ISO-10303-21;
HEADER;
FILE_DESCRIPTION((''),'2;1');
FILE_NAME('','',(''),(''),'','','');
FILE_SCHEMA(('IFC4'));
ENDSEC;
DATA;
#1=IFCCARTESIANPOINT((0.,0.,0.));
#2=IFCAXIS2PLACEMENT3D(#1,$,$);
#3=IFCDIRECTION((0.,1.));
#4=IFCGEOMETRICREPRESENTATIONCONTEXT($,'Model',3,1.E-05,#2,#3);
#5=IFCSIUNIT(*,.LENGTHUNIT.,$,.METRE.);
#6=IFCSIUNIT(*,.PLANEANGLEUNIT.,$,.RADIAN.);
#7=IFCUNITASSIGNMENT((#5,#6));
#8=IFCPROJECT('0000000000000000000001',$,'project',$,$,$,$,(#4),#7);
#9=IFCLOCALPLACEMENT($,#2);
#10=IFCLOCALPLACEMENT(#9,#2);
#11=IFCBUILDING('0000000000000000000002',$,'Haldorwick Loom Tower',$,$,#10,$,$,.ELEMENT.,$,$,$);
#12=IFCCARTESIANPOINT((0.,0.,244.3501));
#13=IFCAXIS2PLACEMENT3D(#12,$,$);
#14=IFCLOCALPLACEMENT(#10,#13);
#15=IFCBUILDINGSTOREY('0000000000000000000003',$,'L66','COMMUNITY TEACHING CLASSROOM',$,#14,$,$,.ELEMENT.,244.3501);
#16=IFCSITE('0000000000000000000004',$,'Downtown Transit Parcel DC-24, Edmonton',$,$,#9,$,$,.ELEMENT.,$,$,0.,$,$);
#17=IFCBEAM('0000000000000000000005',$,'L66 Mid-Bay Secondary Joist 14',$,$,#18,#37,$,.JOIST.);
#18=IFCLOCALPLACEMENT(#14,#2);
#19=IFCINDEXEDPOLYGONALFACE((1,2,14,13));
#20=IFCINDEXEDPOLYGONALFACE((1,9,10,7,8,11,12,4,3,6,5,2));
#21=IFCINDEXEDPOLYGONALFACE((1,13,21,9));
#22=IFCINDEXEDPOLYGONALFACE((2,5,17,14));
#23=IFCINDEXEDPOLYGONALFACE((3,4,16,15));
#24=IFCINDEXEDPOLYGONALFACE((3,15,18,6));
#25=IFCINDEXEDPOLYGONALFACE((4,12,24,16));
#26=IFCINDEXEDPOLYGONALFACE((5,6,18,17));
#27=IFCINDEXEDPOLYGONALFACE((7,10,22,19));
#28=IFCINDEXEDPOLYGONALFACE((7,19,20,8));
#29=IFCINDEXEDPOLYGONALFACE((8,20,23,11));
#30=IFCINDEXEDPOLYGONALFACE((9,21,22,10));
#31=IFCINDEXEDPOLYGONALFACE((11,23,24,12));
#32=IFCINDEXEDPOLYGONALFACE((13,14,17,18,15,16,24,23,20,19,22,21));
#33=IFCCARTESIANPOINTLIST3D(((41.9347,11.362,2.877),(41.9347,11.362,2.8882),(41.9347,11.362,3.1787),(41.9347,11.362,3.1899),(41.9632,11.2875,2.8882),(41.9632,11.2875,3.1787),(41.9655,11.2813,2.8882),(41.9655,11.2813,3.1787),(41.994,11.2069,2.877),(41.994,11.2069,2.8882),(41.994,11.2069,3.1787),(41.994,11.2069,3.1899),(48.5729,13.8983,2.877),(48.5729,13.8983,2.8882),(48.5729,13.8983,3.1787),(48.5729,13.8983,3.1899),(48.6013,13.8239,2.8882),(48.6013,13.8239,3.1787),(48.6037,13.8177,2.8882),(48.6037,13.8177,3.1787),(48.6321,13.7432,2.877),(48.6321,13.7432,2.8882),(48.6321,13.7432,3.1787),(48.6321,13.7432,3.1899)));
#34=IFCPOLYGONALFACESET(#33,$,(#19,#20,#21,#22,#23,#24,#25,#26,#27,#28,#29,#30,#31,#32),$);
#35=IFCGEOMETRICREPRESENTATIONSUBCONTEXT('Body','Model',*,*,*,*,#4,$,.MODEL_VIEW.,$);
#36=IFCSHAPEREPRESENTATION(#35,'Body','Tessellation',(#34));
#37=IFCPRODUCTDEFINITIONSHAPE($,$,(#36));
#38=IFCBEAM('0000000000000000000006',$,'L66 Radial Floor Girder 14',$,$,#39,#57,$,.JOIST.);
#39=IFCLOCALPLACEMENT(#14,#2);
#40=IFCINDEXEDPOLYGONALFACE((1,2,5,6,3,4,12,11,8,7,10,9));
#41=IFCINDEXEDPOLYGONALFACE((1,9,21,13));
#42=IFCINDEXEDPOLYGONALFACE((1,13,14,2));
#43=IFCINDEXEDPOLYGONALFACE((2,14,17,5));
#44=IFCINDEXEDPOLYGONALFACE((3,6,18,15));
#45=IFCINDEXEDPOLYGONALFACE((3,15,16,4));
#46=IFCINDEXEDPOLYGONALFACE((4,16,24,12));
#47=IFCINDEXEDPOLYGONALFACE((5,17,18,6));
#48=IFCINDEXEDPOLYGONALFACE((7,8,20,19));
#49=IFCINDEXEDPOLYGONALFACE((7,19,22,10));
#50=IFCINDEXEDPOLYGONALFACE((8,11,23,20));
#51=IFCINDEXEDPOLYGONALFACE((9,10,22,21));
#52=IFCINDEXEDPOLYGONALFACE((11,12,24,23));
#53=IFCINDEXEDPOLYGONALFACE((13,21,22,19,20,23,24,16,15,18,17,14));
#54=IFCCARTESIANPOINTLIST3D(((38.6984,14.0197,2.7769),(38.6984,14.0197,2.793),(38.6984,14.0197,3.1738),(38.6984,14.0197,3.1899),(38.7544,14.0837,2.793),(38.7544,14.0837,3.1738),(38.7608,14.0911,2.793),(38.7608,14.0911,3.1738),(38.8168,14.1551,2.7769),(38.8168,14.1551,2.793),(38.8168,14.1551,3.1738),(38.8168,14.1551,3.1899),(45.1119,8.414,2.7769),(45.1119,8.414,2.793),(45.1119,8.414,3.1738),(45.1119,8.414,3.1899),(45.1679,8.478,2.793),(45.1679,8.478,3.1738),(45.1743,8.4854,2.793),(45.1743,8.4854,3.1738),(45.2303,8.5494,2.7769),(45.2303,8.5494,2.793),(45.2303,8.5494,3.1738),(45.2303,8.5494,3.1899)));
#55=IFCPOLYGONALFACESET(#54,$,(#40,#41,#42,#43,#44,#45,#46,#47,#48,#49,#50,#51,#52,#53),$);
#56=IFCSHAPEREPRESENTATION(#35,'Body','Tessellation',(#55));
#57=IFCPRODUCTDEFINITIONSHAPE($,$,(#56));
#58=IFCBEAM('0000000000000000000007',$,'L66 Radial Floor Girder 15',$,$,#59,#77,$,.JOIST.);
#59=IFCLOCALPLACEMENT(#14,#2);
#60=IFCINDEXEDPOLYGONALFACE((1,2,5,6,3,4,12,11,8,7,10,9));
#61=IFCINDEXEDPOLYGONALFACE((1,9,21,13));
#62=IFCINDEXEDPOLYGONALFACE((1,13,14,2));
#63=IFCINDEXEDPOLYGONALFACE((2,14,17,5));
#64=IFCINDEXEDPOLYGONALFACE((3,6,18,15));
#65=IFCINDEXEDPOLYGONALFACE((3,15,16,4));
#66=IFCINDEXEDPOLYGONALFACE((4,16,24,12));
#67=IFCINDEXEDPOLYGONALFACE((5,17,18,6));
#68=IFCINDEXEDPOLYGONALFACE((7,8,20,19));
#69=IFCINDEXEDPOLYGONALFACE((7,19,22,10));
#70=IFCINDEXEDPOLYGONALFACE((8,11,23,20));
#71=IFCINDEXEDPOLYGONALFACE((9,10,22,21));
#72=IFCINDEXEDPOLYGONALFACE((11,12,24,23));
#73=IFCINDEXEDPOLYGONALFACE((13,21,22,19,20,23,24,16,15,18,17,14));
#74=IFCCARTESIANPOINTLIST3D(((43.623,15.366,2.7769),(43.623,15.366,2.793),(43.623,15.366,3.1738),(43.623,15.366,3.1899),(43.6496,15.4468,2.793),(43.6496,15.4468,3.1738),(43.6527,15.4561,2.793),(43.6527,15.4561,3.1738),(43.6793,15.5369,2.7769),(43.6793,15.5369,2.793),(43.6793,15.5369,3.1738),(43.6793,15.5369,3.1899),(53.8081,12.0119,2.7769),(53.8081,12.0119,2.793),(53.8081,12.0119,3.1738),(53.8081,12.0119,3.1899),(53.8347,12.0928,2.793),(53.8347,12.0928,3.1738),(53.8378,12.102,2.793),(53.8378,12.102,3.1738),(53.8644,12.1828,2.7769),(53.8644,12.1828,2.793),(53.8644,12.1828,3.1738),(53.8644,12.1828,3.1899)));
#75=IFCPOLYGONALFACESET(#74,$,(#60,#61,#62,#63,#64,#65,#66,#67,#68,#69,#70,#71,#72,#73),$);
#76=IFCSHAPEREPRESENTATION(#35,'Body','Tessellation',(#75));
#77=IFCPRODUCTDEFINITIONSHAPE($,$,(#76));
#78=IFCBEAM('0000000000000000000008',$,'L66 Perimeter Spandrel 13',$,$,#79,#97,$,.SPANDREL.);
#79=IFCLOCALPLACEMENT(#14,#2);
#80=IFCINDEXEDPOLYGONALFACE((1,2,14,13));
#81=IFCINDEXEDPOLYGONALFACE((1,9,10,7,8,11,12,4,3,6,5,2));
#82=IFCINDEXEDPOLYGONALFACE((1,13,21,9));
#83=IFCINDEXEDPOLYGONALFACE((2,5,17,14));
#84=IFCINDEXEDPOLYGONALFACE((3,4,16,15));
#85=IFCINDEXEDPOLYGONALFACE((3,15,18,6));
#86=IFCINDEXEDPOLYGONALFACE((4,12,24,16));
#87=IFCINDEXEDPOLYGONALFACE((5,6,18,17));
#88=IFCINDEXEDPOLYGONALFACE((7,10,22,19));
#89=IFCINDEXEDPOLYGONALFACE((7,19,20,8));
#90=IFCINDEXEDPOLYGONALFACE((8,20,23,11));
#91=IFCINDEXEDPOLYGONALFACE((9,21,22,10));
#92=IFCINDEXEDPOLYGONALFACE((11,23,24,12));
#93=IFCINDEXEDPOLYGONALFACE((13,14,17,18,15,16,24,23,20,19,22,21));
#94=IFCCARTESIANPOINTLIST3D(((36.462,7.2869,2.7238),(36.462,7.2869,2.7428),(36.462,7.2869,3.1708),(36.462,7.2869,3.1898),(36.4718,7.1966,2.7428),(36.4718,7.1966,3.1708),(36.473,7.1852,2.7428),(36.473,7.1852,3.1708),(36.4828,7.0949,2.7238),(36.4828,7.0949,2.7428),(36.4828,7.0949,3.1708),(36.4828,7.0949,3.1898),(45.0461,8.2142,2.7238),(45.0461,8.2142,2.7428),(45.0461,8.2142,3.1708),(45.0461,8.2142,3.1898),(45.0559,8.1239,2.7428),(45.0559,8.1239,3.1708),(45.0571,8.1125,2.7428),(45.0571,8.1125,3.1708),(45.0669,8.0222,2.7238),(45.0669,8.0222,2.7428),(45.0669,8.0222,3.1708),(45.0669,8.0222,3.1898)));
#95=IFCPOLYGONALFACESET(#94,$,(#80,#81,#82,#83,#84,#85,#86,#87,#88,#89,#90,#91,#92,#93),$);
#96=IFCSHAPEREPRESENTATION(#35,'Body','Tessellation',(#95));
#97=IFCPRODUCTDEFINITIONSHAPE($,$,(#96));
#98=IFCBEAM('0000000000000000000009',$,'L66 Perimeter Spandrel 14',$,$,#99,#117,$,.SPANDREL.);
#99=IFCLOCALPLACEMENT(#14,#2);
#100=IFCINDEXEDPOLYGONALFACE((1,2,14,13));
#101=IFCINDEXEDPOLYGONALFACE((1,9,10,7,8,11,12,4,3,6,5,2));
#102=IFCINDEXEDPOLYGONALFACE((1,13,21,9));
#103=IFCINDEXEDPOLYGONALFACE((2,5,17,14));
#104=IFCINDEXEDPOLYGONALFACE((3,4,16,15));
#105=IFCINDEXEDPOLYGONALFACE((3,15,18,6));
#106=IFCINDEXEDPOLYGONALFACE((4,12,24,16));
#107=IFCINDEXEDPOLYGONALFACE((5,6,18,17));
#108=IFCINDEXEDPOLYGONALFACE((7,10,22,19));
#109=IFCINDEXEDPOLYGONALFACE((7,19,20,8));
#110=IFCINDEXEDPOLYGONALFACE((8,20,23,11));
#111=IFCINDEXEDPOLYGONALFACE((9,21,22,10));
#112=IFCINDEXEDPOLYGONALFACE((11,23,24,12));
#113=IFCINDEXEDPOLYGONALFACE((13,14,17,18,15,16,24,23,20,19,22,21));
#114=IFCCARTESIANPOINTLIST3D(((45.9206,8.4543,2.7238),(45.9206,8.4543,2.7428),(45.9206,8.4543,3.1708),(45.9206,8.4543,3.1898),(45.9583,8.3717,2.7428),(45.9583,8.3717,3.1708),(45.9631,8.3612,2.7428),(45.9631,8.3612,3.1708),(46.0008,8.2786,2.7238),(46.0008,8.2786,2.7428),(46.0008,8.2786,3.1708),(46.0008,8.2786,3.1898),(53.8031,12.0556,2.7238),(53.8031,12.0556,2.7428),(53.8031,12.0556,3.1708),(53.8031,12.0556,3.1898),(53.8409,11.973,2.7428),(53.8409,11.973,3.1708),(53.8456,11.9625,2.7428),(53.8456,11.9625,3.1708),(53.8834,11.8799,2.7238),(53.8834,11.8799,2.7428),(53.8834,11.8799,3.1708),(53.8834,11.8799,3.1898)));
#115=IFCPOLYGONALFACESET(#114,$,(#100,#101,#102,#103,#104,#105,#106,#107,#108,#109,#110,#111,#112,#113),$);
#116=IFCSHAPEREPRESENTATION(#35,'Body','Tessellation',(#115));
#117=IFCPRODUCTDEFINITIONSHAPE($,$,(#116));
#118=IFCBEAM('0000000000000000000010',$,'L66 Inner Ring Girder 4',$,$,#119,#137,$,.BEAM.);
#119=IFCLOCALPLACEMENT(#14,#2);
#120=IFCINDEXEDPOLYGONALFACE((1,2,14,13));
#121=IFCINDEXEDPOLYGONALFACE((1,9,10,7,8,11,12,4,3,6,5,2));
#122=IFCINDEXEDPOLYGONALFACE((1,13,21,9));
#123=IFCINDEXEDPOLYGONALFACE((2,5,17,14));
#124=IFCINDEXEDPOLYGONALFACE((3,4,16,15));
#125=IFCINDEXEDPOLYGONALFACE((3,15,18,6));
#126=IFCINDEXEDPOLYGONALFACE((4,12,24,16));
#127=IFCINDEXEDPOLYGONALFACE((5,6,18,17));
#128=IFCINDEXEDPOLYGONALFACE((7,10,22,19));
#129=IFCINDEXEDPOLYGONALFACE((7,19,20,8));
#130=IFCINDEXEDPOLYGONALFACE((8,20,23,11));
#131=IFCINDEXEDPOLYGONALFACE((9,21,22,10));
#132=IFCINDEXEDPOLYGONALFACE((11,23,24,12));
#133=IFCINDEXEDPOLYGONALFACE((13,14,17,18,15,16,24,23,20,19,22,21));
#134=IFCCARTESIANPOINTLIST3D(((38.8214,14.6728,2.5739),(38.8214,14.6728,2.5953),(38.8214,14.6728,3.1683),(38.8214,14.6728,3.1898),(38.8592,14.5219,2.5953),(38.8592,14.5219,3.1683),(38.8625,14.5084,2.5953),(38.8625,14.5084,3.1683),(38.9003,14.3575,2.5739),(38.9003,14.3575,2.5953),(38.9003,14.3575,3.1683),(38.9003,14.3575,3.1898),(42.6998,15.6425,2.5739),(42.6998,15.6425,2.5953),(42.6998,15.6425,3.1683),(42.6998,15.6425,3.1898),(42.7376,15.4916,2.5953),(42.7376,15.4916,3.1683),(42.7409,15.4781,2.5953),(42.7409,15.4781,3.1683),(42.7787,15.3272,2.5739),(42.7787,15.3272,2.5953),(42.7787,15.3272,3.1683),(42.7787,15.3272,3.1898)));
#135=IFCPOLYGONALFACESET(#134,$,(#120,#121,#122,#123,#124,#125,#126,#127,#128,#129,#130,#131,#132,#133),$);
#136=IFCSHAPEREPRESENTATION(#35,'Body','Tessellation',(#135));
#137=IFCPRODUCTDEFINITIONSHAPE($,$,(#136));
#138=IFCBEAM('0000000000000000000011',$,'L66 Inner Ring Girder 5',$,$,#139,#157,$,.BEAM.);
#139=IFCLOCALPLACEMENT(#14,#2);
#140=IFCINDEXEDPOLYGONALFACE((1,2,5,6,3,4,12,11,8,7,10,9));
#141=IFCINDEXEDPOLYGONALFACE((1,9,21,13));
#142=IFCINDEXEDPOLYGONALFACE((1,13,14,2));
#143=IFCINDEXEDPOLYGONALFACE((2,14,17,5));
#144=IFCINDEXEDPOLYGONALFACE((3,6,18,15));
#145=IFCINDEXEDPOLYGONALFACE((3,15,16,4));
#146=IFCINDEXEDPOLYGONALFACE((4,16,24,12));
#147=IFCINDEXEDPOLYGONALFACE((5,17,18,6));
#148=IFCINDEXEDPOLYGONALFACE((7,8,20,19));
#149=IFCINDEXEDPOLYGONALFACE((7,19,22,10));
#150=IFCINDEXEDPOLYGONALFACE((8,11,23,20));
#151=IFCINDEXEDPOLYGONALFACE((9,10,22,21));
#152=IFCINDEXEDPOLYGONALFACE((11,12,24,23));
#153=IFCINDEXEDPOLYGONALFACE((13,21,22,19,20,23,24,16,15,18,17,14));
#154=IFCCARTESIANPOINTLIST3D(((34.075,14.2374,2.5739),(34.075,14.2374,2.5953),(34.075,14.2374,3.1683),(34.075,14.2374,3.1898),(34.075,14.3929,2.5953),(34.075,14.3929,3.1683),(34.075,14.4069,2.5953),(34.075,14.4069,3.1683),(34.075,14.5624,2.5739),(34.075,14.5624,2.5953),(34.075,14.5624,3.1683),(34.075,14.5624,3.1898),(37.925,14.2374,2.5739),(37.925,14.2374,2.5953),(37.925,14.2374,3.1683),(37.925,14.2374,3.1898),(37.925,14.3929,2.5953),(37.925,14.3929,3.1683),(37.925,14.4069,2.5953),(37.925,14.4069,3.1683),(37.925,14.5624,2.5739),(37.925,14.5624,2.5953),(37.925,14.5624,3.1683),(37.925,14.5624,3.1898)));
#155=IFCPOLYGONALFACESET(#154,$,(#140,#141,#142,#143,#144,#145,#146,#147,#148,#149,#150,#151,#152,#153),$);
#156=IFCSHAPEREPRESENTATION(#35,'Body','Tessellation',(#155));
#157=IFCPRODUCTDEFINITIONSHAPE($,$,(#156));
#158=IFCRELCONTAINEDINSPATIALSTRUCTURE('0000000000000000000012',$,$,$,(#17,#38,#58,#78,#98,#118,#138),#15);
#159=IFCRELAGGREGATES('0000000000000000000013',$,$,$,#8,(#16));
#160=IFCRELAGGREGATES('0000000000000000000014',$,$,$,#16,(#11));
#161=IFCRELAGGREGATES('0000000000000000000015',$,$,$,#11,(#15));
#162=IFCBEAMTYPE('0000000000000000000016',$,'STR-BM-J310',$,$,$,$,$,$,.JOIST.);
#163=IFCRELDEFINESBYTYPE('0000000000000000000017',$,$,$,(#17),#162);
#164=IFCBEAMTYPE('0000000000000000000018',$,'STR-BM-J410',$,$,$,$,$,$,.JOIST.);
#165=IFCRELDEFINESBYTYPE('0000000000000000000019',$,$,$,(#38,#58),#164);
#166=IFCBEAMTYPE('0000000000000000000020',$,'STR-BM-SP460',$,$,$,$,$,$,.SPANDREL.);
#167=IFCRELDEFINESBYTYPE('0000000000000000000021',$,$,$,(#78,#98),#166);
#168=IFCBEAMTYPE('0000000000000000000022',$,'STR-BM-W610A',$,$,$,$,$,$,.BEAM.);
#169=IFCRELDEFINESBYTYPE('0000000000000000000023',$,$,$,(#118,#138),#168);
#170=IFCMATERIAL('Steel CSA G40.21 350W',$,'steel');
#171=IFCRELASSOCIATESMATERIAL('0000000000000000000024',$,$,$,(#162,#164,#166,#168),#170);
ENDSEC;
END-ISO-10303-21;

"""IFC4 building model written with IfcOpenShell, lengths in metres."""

from ifc_helpers import new_model, si_unit, direction, frame, origin, origin_2d, place, context, subcontext, project, spatial, i_section, extrude, material, material_profile, profile_set, type_object, element, save


model = new_model("IFC4")

# Units and contexts
model_context = context("Model", 3, precision=1e-05, world=origin(), true_north=direction((0.0, 1.0)))
body_context = subcontext(model_context, "Body", "Model", "MODEL_VIEW")
ifc_project = project(units=[si_unit("LENGTHUNIT", "METRE"), si_unit("PLANEANGLEUNIT", "RADIAN")], contexts=[model_context])

# Site, building, storey
site_placement = place(None, origin())
site = spatial("IfcSite", under=ifc_project, at=site_placement, Name="Downtown Transit Parcel DC-24, Edmonton", CompositionType="ELEMENT", RefElevation=0.0)
building_placement = place(site_placement, origin())
building = spatial("IfcBuilding", under=site, at=building_placement, Name="Haldorwick Loom Tower", CompositionType="ELEMENT")
storey_placement = place(building_placement, frame((0.0, 0.0, 244.3501)))
storey = spatial("IfcBuildingStorey", under=building, at=storey_placement, Name="L66", Description="COMMUNITY TEACHING CLASSROOM", CompositionType="ELEMENT", Elevation=244.3501)

# Shared definitions
ifc_material_1 = material(Name="Steel CSA G40.21 350W", Category="steel")

# Beams
ifc_material_profile_1 = material_profile(ifc_material_1, i_section(OverallWidth=0.166, OverallDepth=0.313, WebThickness=0.0066, FlangeThickness=0.0112, at=origin_2d()), Name="W310X45", Category="steel")
ifc_profile_set_1 = profile_set([ifc_material_profile_1], Name="Steel CSA G40.21 350W")
beam_type_1 = type_object("IfcBeamType", Name="STR-BM-J310", PredefinedType="JOIST", material=ifc_profile_set_1)
beam_1_placement = place(storey_placement, frame((41.9644, 11.2844, 3.0334), z_axis=(0.934134, 0.356922, 0.0), x_axis=(-0.356922, 0.934134, 0.0)))
element("IfcBeam", 1, at=beam_1_placement, inside=storey, type_object=beam_type_1, Name="L66 Mid-Bay Secondary Joist 14", PredefinedType="JOIST", context=body_context, shape_type="SweptSolid", body=[
    extrude(i_section(OverallWidth=0.166, OverallDepth=0.313, WebThickness=0.0066, FlangeThickness=0.0112, at=origin_2d()), origin(), (0.0, 0.0, 1.0), 7.1062),
])
ifc_material_profile_2 = material_profile(ifc_material_1, i_section(OverallWidth=0.1799, OverallDepth=0.4131, WebThickness=0.0098, FlangeThickness=0.0161, at=origin_2d()), Name="W410X74", Category="steel")
ifc_profile_set_2 = profile_set([ifc_material_profile_2], Name="Steel CSA G40.21 350W")
beam_type_2 = type_object("IfcBeamType", Name="STR-BM-J410", PredefinedType="JOIST", material=ifc_profile_set_2)
beam_2_placement = place(storey_placement, frame((38.7576, 14.0874, 2.9834), z_axis=(0.752935, -0.658095, 0.0), x_axis=(0.658095, 0.752935, 0.0)))
element("IfcBeam", 2, at=beam_2_placement, inside=storey, type_object=beam_type_2, Name="L66 Radial Floor Girder 14", PredefinedType="JOIST", context=body_context, shape_type="SweptSolid", body=[
    extrude(i_section(OverallWidth=0.1799, OverallDepth=0.4131, WebThickness=0.0098, FlangeThickness=0.0161, at=origin_2d()), origin(), (0.0, 0.0, 1.0), 8.5181),
])
beam_3_placement = place(storey_placement, frame((43.6511, 15.4514, 2.9834), z_axis=(0.949825, -0.312783, 0.0), x_axis=(0.312783, 0.949825, 0.0)))
element("IfcBeam", 3, at=beam_3_placement, inside=storey, type_object=beam_type_2, Name="L66 Radial Floor Girder 15", PredefinedType="JOIST", context=body_context, shape_type="SweptSolid", body=[
    extrude(i_section(OverallWidth=0.1799, OverallDepth=0.4131, WebThickness=0.0098, FlangeThickness=0.0161, at=origin_2d()), origin(), (0.0, 0.0, 1.0), 10.7231),
])
ifc_material_profile_3 = material_profile(ifc_material_1, i_section(OverallWidth=0.1931, OverallDepth=0.4661, WebThickness=0.0115, FlangeThickness=0.019, at=origin_2d()), Name="W460X97", Category="steel")
ifc_profile_set_3 = profile_set([ifc_material_profile_3], Name="Steel CSA G40.21 350W")
beam_type_3 = type_object("IfcBeamType", Name="STR-BM-SP460", PredefinedType="SPANDREL", material=ifc_profile_set_3)
beam_4_placement = place(storey_placement, frame((36.4724, 7.1909, 2.9568), z_axis=(0.994216, 0.107396, 0.0), x_axis=(-0.107396, 0.994216, 0.0)))
element("IfcBeam", 4, at=beam_4_placement, inside=storey, type_object=beam_type_3, Name="L66 Perimeter Spandrel 13", PredefinedType="SPANDREL", context=body_context, shape_type="SweptSolid", body=[
    extrude(i_section(OverallWidth=0.1931, OverallDepth=0.4661, WebThickness=0.0115, FlangeThickness=0.019, at=origin_2d()), origin(), (0.0, 0.0, 1.0), 8.634),
])
beam_5_placement = place(storey_placement, frame((45.9607, 8.3665, 2.9568), z_axis=(0.909568, 0.415555, 0.0), x_axis=(-0.415555, 0.909568, 0.0)))
element("IfcBeam", 5, at=beam_5_placement, inside=storey, type_object=beam_type_3, Name="L66 Perimeter Spandrel 14", PredefinedType="SPANDREL", context=body_context, shape_type="SweptSolid", body=[
    extrude(i_section(OverallWidth=0.1931, OverallDepth=0.4661, WebThickness=0.0115, FlangeThickness=0.019, at=origin_2d()), origin(), (0.0, 0.0, 1.0), 8.6663),
])
ifc_material_profile_4 = material_profile(ifc_material_1, i_section(OverallWidth=0.325, OverallDepth=0.616, WebThickness=0.0139, FlangeThickness=0.0215, at=origin_2d()), Name="W610X174", Category="steel")
ifc_profile_set_4 = profile_set([ifc_material_profile_4], Name="Steel CSA G40.21 350W")
beam_type_4 = type_object("IfcBeamType", Name="STR-BM-W610A", PredefinedType="BEAM", material=ifc_profile_set_4)
beam_6_placement = place(storey_placement, frame((42.7393, 15.4849, 2.8818), z_axis=(-0.970135, -0.242564, 0.0), x_axis=(0.242564, -0.970135, 0.0)))
element("IfcBeam", 6, at=beam_6_placement, inside=storey, type_object=beam_type_4, Name="L66 Inner Ring Girder 4", PredefinedType="BEAM", context=body_context, shape_type="SweptSolid", body=[
    extrude(i_section(OverallWidth=0.325, OverallDepth=0.616, WebThickness=0.0139, FlangeThickness=0.0215, at=origin_2d()), origin(), (0.0, 0.0, 1.0), 3.9978),
])
beam_7_placement = place(storey_placement, frame((37.925, 14.3999, 2.8818), z_axis=(-1.0, 0.0, 0.0), x_axis=(0.0, -1.0, 0.0)))
element("IfcBeam", 7, at=beam_7_placement, inside=storey, type_object=beam_type_4, Name="L66 Inner Ring Girder 5", PredefinedType="BEAM", context=body_context, shape_type="SweptSolid", body=[
    extrude(i_section(OverallWidth=0.325, OverallDepth=0.616, WebThickness=0.0139, FlangeThickness=0.0215, at=origin_2d()), origin(), (0.0, 0.0, 1.0), 3.8501),
])

save(model, "model.ifc")
